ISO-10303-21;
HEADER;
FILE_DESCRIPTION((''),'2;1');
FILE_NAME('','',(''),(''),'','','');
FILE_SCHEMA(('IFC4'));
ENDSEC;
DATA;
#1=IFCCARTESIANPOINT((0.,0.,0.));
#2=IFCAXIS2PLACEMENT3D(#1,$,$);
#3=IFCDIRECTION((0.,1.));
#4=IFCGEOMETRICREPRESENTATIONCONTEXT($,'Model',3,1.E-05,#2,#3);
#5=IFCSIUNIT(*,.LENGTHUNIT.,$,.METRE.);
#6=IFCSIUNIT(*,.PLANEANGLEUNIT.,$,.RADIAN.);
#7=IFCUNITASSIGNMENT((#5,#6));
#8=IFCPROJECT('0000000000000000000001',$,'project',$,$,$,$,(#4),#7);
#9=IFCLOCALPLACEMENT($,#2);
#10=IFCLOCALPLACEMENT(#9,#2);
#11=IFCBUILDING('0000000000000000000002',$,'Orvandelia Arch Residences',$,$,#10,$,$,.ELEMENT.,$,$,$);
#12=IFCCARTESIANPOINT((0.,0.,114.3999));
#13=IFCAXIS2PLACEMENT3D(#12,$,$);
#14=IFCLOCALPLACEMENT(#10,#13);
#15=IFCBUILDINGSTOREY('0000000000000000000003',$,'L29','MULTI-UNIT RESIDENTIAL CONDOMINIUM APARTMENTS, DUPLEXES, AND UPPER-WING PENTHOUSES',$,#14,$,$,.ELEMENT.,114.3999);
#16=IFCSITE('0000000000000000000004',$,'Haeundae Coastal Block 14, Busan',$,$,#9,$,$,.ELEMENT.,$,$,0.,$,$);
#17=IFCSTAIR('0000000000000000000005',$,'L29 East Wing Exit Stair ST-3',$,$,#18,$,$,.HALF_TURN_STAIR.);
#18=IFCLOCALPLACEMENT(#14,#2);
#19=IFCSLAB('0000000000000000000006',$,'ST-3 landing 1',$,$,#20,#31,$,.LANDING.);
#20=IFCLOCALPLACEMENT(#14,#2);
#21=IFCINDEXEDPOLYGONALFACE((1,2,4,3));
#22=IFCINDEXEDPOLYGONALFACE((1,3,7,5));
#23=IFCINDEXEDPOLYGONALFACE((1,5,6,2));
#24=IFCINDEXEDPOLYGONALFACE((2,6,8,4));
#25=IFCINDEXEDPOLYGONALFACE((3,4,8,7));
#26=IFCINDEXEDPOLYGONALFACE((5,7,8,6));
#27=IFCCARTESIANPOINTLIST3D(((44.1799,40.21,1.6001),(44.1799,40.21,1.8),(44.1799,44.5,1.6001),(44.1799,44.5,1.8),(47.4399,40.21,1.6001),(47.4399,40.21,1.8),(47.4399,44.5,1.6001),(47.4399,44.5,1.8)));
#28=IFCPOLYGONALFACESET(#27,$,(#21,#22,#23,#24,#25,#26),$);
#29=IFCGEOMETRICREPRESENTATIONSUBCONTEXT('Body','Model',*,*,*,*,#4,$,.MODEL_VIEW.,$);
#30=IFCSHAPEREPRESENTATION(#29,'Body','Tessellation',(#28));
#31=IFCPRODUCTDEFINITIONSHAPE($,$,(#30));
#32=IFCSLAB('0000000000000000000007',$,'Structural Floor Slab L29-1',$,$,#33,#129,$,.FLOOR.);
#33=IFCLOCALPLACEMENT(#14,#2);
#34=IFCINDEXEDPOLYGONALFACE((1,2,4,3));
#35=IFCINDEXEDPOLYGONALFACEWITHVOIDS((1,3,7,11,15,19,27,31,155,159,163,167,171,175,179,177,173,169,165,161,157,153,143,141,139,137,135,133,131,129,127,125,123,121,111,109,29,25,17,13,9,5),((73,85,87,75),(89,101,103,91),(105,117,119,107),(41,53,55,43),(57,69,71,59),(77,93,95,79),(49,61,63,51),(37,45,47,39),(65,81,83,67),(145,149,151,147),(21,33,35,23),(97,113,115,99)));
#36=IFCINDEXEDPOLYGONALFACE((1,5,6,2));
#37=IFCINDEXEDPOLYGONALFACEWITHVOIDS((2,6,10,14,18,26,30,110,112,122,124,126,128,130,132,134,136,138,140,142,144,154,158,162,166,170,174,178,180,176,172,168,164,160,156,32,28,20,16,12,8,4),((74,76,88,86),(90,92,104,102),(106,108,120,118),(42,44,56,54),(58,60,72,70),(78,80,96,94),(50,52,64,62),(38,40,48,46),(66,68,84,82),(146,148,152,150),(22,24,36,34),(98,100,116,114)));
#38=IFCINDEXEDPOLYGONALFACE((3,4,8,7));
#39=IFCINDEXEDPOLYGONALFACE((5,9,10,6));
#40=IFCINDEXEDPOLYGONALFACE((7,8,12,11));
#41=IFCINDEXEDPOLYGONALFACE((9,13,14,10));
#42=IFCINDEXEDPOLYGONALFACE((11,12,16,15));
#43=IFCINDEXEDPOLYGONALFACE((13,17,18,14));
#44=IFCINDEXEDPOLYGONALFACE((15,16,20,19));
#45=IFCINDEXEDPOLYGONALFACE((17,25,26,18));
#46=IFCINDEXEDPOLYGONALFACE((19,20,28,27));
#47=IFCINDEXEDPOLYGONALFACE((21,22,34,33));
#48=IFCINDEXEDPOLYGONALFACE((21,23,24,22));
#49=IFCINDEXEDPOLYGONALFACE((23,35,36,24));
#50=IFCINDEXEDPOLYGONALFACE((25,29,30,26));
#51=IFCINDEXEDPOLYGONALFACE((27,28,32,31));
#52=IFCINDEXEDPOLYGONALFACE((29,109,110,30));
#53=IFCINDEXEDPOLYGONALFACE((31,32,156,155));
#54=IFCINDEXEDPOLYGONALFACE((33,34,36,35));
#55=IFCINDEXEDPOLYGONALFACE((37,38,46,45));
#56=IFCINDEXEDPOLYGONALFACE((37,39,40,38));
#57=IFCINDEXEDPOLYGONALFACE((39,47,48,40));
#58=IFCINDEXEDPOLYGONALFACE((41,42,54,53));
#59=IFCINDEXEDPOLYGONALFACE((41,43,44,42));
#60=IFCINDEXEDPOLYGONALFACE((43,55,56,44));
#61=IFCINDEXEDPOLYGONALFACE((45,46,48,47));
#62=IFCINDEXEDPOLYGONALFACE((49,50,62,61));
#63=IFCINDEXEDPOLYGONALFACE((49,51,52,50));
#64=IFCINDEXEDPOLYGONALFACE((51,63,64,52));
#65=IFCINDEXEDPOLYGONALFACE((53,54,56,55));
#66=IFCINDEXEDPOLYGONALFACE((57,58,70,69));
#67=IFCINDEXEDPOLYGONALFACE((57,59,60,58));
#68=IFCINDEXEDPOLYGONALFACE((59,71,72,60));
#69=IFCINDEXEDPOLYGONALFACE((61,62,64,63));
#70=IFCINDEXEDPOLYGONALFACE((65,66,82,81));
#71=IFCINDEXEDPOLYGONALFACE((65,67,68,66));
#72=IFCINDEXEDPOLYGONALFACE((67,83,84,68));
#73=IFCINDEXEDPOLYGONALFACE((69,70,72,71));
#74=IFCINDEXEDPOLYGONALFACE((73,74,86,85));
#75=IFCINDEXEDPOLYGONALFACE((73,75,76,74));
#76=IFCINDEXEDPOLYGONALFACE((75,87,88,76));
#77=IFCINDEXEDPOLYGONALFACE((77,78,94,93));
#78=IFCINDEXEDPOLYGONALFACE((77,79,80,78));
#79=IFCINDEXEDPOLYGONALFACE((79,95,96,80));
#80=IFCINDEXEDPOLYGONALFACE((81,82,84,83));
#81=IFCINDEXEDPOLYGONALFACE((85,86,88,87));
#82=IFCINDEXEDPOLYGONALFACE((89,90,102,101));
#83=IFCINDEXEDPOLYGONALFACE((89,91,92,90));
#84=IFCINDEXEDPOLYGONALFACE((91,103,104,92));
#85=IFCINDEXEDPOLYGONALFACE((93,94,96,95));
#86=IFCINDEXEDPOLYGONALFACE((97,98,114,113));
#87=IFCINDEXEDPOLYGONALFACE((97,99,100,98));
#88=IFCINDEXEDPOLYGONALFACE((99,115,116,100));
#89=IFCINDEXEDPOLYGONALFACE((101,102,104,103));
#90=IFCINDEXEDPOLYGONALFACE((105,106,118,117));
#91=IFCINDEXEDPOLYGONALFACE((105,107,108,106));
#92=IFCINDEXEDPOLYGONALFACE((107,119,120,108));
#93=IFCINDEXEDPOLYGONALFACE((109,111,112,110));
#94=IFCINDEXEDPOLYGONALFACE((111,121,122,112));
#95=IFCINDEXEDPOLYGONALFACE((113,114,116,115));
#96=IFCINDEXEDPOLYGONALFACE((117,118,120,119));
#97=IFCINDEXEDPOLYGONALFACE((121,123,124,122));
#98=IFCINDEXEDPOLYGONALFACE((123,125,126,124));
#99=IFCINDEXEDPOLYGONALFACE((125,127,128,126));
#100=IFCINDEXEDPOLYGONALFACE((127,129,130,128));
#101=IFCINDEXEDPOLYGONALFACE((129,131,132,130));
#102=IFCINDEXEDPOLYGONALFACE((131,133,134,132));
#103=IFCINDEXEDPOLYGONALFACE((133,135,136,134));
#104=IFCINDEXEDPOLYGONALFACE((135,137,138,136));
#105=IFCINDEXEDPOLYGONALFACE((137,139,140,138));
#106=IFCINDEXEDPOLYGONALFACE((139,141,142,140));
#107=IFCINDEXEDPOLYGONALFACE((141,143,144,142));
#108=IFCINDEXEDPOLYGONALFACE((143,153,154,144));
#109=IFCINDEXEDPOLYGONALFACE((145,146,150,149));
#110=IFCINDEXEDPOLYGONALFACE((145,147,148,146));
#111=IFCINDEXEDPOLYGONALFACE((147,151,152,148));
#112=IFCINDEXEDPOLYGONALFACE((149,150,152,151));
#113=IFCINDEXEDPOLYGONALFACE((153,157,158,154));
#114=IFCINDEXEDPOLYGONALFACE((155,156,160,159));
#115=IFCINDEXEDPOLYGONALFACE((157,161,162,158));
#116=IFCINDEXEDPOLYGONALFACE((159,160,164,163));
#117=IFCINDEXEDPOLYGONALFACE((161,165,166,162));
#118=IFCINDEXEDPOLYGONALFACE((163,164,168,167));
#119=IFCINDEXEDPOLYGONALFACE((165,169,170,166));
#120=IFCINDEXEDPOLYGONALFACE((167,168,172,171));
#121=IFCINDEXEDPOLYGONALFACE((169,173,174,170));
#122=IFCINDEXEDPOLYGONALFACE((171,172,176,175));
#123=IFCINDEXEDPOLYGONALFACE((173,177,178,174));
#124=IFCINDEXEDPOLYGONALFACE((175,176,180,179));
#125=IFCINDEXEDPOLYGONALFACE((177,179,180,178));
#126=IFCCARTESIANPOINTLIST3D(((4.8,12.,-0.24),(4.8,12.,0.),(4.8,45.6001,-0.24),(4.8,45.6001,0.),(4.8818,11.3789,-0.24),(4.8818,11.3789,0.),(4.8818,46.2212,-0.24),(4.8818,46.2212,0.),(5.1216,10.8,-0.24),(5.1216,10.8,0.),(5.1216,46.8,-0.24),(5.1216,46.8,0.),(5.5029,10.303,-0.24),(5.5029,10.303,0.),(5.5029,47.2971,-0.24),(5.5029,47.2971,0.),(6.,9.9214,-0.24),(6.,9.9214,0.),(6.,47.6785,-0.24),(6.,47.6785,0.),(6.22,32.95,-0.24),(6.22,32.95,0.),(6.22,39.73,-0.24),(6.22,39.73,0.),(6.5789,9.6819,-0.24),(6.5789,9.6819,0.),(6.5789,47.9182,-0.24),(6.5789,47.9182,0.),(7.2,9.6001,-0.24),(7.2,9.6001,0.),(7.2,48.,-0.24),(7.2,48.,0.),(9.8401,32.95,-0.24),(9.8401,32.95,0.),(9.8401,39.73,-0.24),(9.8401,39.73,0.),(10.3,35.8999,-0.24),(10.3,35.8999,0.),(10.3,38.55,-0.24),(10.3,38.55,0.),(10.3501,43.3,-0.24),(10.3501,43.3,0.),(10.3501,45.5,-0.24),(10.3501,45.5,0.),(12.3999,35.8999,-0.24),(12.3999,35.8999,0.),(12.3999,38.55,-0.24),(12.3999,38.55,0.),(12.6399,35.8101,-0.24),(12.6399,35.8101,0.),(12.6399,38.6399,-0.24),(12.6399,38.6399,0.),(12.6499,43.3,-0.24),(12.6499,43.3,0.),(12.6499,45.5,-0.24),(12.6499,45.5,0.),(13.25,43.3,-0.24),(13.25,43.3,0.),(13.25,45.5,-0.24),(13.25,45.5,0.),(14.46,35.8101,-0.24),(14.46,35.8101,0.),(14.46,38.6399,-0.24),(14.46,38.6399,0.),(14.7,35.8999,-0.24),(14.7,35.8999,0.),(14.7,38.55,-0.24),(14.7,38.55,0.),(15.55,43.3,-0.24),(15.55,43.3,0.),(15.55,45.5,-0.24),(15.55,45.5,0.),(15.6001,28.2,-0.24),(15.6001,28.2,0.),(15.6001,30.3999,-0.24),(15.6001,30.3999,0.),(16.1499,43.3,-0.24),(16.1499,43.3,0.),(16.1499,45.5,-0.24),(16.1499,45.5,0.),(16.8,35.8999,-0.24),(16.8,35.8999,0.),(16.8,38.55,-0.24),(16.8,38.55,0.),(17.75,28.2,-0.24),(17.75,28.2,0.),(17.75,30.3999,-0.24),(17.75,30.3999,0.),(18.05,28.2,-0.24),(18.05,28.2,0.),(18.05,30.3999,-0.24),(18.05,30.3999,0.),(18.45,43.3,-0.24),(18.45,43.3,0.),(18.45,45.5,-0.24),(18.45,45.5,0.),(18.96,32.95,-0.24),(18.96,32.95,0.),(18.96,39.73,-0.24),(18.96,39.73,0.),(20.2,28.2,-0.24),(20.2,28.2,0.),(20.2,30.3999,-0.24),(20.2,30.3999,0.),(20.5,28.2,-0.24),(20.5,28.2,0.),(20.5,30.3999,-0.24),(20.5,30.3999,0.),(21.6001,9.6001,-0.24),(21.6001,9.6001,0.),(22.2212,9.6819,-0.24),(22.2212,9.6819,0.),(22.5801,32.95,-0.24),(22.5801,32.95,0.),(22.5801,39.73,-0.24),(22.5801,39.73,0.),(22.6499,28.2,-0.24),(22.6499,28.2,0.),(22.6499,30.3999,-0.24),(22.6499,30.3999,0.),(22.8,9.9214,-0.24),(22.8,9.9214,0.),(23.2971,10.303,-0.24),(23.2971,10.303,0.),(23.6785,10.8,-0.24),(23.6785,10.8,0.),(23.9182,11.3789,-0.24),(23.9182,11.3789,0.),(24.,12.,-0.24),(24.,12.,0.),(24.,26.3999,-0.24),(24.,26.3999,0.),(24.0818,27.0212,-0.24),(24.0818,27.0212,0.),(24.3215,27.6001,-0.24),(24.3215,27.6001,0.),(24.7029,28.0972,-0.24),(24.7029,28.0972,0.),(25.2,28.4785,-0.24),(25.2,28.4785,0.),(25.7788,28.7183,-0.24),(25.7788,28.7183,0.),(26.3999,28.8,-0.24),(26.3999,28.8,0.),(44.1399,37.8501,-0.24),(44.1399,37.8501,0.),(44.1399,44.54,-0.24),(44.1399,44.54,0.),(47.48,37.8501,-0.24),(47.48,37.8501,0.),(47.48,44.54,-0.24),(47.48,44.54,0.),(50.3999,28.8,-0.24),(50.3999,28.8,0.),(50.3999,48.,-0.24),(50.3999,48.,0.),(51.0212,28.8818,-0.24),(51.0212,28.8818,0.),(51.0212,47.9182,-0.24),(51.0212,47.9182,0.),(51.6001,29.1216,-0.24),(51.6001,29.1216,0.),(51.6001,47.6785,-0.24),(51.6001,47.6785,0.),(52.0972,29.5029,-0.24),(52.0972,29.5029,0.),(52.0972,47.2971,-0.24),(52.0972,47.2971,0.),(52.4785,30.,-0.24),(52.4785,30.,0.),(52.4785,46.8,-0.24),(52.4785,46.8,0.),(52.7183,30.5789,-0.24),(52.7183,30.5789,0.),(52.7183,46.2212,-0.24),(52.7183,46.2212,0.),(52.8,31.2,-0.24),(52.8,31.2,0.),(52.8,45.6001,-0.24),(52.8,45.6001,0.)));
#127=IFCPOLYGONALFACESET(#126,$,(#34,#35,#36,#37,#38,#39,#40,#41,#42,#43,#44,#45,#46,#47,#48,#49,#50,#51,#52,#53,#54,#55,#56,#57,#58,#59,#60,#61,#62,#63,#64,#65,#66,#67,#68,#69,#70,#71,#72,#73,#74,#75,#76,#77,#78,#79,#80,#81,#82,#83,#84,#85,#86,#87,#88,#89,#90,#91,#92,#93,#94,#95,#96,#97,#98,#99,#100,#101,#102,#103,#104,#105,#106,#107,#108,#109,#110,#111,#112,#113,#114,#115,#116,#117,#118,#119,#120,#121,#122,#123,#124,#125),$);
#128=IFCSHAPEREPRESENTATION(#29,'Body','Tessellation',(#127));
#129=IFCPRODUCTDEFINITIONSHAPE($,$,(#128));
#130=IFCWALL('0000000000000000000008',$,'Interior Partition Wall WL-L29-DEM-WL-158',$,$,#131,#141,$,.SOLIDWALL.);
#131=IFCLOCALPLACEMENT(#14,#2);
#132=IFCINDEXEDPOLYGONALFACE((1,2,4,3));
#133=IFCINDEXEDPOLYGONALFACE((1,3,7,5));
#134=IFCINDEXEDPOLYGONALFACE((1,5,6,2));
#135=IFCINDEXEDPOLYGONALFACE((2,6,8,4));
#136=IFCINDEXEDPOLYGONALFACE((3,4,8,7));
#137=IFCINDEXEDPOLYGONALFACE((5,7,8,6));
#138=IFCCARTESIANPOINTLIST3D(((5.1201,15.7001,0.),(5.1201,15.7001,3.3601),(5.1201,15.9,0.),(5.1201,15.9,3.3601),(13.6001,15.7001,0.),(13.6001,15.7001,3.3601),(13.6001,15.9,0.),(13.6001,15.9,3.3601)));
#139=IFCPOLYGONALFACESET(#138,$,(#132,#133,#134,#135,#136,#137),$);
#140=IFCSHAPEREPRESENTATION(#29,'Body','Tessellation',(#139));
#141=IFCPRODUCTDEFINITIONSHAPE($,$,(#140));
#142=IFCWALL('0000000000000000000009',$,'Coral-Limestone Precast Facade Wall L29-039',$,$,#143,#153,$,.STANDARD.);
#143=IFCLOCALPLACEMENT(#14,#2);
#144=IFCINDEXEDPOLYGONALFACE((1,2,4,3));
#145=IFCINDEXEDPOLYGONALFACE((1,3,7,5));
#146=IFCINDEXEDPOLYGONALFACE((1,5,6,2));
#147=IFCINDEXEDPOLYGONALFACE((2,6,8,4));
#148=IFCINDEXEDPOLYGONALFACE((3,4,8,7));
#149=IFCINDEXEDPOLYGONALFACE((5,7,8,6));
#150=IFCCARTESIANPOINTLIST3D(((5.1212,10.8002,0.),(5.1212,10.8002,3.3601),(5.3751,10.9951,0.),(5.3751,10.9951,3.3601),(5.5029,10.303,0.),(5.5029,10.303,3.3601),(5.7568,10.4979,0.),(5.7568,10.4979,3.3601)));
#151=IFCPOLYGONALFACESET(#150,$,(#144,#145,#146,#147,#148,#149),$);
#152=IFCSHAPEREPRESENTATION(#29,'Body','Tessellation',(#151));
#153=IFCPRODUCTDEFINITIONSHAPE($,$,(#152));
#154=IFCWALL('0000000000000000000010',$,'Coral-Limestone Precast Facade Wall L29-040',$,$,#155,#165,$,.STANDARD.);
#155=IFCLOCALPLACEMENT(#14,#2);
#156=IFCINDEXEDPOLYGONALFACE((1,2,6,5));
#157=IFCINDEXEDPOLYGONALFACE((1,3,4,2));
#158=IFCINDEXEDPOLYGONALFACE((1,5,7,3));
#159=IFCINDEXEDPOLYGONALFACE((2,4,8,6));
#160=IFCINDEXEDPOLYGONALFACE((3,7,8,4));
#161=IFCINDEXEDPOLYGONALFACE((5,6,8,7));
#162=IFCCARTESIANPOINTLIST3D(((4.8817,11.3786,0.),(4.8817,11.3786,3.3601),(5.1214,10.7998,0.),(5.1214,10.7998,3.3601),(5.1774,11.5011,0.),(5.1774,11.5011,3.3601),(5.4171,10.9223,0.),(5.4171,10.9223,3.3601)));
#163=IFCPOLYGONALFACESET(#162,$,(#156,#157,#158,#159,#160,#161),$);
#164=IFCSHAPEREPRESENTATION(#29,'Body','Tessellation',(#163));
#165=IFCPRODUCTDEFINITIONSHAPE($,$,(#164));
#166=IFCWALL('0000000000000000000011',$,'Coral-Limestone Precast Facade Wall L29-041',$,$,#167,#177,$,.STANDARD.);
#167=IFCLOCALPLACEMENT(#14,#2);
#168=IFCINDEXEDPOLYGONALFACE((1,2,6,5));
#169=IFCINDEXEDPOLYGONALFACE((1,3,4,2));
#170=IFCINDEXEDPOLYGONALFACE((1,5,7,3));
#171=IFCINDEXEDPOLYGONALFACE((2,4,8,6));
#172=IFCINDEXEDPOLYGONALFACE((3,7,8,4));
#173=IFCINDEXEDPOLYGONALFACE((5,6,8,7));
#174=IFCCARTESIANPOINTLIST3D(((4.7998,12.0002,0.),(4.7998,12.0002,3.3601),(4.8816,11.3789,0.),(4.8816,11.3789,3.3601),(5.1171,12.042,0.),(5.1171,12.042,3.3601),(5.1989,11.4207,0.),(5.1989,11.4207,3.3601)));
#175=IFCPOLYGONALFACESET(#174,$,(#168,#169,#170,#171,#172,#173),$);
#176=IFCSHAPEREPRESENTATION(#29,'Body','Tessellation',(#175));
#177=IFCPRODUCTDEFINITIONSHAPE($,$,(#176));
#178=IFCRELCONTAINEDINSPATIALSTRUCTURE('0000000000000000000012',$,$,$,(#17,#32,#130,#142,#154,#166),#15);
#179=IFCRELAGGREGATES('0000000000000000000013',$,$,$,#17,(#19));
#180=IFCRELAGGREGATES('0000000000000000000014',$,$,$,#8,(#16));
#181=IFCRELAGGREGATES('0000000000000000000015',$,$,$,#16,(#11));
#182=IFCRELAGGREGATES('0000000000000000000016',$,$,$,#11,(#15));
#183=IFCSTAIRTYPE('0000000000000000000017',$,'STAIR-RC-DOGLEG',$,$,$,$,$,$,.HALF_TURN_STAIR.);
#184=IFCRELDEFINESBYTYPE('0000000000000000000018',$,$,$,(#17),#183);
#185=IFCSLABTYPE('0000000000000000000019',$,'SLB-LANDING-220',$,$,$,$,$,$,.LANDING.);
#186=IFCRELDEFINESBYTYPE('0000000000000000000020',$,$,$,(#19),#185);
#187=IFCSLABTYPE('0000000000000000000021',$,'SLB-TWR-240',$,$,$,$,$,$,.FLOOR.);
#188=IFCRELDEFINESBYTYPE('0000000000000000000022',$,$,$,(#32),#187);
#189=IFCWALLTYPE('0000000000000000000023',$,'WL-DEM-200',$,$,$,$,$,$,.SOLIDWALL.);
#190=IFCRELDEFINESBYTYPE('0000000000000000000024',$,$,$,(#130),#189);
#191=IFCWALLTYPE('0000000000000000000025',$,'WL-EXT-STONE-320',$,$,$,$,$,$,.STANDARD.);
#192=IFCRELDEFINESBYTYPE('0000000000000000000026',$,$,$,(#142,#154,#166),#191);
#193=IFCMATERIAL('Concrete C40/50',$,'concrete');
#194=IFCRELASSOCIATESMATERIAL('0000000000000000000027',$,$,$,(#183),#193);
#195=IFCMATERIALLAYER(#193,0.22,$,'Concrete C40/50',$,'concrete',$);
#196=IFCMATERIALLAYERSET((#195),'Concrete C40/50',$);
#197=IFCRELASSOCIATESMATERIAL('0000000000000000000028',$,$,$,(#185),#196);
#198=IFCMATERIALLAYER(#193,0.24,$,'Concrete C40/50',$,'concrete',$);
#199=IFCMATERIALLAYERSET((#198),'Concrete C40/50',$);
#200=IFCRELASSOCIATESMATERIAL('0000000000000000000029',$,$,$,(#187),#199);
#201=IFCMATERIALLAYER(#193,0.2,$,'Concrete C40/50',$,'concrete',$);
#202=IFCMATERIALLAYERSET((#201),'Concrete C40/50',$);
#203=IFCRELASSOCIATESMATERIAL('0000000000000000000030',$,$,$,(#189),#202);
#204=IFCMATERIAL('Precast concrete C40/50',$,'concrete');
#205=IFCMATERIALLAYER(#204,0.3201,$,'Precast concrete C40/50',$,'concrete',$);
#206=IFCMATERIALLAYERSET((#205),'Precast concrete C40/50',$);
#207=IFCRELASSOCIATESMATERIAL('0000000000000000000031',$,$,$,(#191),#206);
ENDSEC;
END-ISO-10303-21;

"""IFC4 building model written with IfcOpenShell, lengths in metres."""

from ifc_helpers import new_model, si_unit, direction, frame, frame_2d, origin, place, context, subcontext, project, spatial, polyline, rectangle, outline, extrude, material, layer, layer_set, type_object, element, aggregate, save


model = new_model("IFC4")

# Units and contexts
model_context = context("Model", 3, precision=1e-05, world=origin(), true_north=direction((0.0, 1.0)))
body_context = subcontext(model_context, "Body", "Model", "MODEL_VIEW")
ifc_project = project(units=[si_unit("LENGTHUNIT", "METRE"), si_unit("PLANEANGLEUNIT", "RADIAN")], contexts=[model_context])

# Site, building, storey
site_placement = place(None, origin())
site = spatial("IfcSite", under=ifc_project, at=site_placement, Name="Haeundae Coastal Block 14, Busan", CompositionType="ELEMENT", RefElevation=0.0)
building_placement = place(site_placement, origin())
building = spatial("IfcBuilding", under=site, at=building_placement, Name="Orvandelia Arch Residences", CompositionType="ELEMENT")
storey_placement = place(building_placement, frame((0.0, 0.0, 114.3999)))
storey = spatial("IfcBuildingStorey", under=building, at=storey_placement, Name="L29", Description="MULTI-UNIT RESIDENTIAL CONDOMINIUM APARTMENTS, DUPLEXES, AND UPPER-WING PENTHOUSES", CompositionType="ELEMENT", Elevation=114.3999)

# Shared definitions
ifc_material_1 = material(Name="Precast concrete C40/50", Category="concrete")

# Stair, slab
ifc_material_2 = material(Name="Concrete C40/50", Category="concrete")
stair_type = type_object("IfcStairType", Name="STAIR-RC-DOGLEG", PredefinedType="HALF_TURN_STAIR", material=ifc_material_2)
ifc_layer_1 = layer(ifc_material_2, 0.22, Name="Concrete C40/50", Category="concrete")
ifc_layer_set_1 = layer_set([ifc_layer_1], Name="Concrete C40/50")
slab_type_1 = type_object("IfcSlabType", Name="SLB-LANDING-220", PredefinedType="LANDING", material=ifc_layer_set_1)
stair_1_placement = place(storey_placement, origin())
stair_1 = element("IfcStair", 1, at=stair_1_placement, inside=storey, type_object=stair_type, Name="L29 East Wing Exit Stair ST-3", PredefinedType="HALF_TURN_STAIR")
slab_1_placement = place(storey_placement, frame((0.0, 0.0, 1.6001)))
slab_1 = element("IfcSlab", 2, at=slab_1_placement, type_object=slab_type_1, Name="ST-3 landing 1", PredefinedType="LANDING", context=body_context, shape_type="SweptSolid", body=[
    extrude(outline(polyline([(47.4399, 40.21), (47.4399, 44.5), (44.1799, 44.5), (44.1799, 40.21), (47.4399, 40.21)])), origin(), (0.0, 0.0, 1.0), 0.2),
])
aggregate(stair_1, [slab_1])

# Slab
ifc_layer_2 = layer(ifc_material_2, 0.24, Name="Concrete C40/50", Category="concrete")
ifc_layer_set_2 = layer_set([ifc_layer_2], Name="Concrete C40/50")
slab_type_2 = type_object("IfcSlabType", Name="SLB-TWR-240", PredefinedType="FLOOR", material=ifc_layer_set_2)
slab_2_placement = place(storey_placement, frame((0.0, 0.0, -0.24)))
element("IfcSlab", 3, at=slab_2_placement, inside=storey, type_object=slab_type_2, Name="Structural Floor Slab L29-1", PredefinedType="FLOOR", context=body_context, shape_type="SweptSolid", body=[
    extrude(outline(polyline([(4.8, 12.0), (4.8818, 11.3789), (5.1216, 10.8), (5.5029, 10.303), (6.0, 9.9214), (6.5789, 9.6819), (7.2, 9.6001), (21.6001, 9.6001), (22.2212, 9.6819), (22.8, 9.9214), (23.2971, 10.303), (23.6785, 10.8), (23.9182, 11.3789), (24.0, 12.0), (24.0, 26.3999), (24.0818, 27.0212), (24.3215, 27.6001), (24.7029, 28.0972), (25.2, 28.4785), (25.7788, 28.7183), (26.3999, 28.8), (50.3999, 28.8), (51.0212, 28.8818), (51.6001, 29.1216), (52.0972, 29.5029), (52.4785, 30.0), (52.7183, 30.5789), (52.8, 31.2), (52.8, 45.6001), (52.7183, 46.2212), (52.4785, 46.8), (52.0972, 47.2971), (51.6001, 47.6785), (51.0212, 47.9182), (50.3999, 48.0), (7.2, 48.0), (6.5789, 47.9182), (6.0, 47.6785), (5.5029, 47.2971), (5.1216, 46.8), (4.8818, 46.2212), (4.8, 45.6001), (4.8, 12.0)]), holes=[polyline([(6.22, 32.95), (9.8401, 32.95), (9.8401, 39.73), (6.22, 39.73), (6.22, 32.95)]), polyline([(18.96, 32.95), (22.5801, 32.95), (22.5801, 39.73), (18.96, 39.73), (18.96, 32.95)]), polyline([(44.1399, 37.8501), (47.48, 37.8501), (47.48, 44.54), (44.1399, 44.54), (44.1399, 37.8501)]), polyline([(12.6399, 35.8101), (14.46, 35.8101), (14.46, 38.6399), (12.6399, 38.6399), (12.6399, 35.8101)]), polyline([(10.3, 35.8999), (12.3999, 35.8999), (12.3999, 38.55), (10.3, 38.55), (10.3, 35.8999)]), polyline([(14.7, 35.8999), (16.8, 35.8999), (16.8, 38.55), (14.7, 38.55), (14.7, 35.8999)]), polyline([(10.3501, 43.3), (12.6499, 43.3), (12.6499, 45.5), (10.3501, 45.5), (10.3501, 43.3)]), polyline([(13.25, 43.3), (15.55, 43.3), (15.55, 45.5), (13.25, 45.5), (13.25, 43.3)]), polyline([(16.1499, 43.3), (18.45, 43.3), (18.45, 45.5), (16.1499, 45.5), (16.1499, 43.3)]), polyline([(15.6001, 28.2), (17.75, 28.2), (17.75, 30.3999), (15.6001, 30.3999), (15.6001, 28.2)]), polyline([(18.05, 28.2), (20.2, 28.2), (20.2, 30.3999), (18.05, 30.3999), (18.05, 28.2)]), polyline([(20.5, 28.2), (22.6499, 28.2), (22.6499, 30.3999), (20.5, 30.3999), (20.5, 28.2)])]), origin(), (0.0, 0.0, 1.0), 0.24),
])

# Walls
ifc_layer_3 = layer(ifc_material_2, 0.2, Name="Concrete C40/50", Category="concrete")
ifc_layer_set_3 = layer_set([ifc_layer_3], Name="Concrete C40/50")
wall_type_1 = type_object("IfcWallType", Name="WL-DEM-200", PredefinedType="SOLIDWALL", material=ifc_layer_set_3)
wall_1_placement = place(storey_placement, frame((5.1201, 15.8, 0.0), z_axis=(0.0, 0.0, 1.0), x_axis=(1.0, 0.0, 0.0)))
element("IfcWall", 4, at=wall_1_placement, inside=storey, type_object=wall_type_1, Name="Interior Partition Wall WL-L29-DEM-WL-158", PredefinedType="SOLIDWALL", context=body_context, shape_type="SweptSolid", body=[
    extrude(rectangle(XDim=8.48, YDim=0.2, at=frame_2d((4.24, 0.0))), origin(), (0.0, 0.0, 1.0), 3.3601),
])
ifc_layer_4 = layer(ifc_material_1, 0.3201, Name="Precast concrete C40/50", Category="concrete")
ifc_layer_set_4 = layer_set([ifc_layer_4], Name="Precast concrete C40/50")
wall_type_2 = type_object("IfcWallType", Name="WL-EXT-STONE-320", PredefinedType="STANDARD", material=ifc_layer_set_4)
wall_2_placement = place(storey_placement, frame((5.6299, 10.4004, 0.0), z_axis=(0.0, 0.0, 1.0), x_axis=(-0.608939, 0.793217, 0.0)))
element("IfcWall", 5, at=wall_2_placement, inside=storey, type_object=wall_type_2, Name="Coral-Limestone Precast Facade Wall L29-039", PredefinedType="STANDARD", context=body_context, shape_type="SweptSolid", body=[
    extrude(rectangle(XDim=0.6267, YDim=0.3201, at=frame_2d((0.3135, 0.0))), origin(), (0.0, 0.0, 1.0), 3.3601),
])
wall_3_placement = place(storey_placement, frame((5.2693, 10.8611, 0.0), z_axis=(0.0, 0.0, 1.0), x_axis=(-0.38265, 0.923893, 0.0)))
element("IfcWall", 6, at=wall_3_placement, inside=storey, type_object=wall_type_2, Name="Coral-Limestone Precast Facade Wall L29-040", PredefinedType="STANDARD", context=body_context, shape_type="SweptSolid", body=[
    extrude(rectangle(XDim=0.6265, YDim=0.3201, at=frame_2d((0.3132, 0.0))), origin(), (0.0, 0.0, 1.0), 3.3601),
])
wall_4_placement = place(storey_placement, frame((5.0403, 11.3997, 0.0), z_axis=(0.0, 0.0, 1.0), x_axis=(-0.130505, 0.991448, 0.0)))
element("IfcWall", 7, at=wall_4_placement, inside=storey, type_object=wall_type_2, Name="Coral-Limestone Precast Facade Wall L29-041", PredefinedType="STANDARD", context=body_context, shape_type="SweptSolid", body=[
    extrude(rectangle(XDim=0.6267, YDim=0.3201, at=frame_2d((0.3135, 0.0))), origin(), (0.0, 0.0, 1.0), 3.3601),
])

save(model, "model.ifc")
